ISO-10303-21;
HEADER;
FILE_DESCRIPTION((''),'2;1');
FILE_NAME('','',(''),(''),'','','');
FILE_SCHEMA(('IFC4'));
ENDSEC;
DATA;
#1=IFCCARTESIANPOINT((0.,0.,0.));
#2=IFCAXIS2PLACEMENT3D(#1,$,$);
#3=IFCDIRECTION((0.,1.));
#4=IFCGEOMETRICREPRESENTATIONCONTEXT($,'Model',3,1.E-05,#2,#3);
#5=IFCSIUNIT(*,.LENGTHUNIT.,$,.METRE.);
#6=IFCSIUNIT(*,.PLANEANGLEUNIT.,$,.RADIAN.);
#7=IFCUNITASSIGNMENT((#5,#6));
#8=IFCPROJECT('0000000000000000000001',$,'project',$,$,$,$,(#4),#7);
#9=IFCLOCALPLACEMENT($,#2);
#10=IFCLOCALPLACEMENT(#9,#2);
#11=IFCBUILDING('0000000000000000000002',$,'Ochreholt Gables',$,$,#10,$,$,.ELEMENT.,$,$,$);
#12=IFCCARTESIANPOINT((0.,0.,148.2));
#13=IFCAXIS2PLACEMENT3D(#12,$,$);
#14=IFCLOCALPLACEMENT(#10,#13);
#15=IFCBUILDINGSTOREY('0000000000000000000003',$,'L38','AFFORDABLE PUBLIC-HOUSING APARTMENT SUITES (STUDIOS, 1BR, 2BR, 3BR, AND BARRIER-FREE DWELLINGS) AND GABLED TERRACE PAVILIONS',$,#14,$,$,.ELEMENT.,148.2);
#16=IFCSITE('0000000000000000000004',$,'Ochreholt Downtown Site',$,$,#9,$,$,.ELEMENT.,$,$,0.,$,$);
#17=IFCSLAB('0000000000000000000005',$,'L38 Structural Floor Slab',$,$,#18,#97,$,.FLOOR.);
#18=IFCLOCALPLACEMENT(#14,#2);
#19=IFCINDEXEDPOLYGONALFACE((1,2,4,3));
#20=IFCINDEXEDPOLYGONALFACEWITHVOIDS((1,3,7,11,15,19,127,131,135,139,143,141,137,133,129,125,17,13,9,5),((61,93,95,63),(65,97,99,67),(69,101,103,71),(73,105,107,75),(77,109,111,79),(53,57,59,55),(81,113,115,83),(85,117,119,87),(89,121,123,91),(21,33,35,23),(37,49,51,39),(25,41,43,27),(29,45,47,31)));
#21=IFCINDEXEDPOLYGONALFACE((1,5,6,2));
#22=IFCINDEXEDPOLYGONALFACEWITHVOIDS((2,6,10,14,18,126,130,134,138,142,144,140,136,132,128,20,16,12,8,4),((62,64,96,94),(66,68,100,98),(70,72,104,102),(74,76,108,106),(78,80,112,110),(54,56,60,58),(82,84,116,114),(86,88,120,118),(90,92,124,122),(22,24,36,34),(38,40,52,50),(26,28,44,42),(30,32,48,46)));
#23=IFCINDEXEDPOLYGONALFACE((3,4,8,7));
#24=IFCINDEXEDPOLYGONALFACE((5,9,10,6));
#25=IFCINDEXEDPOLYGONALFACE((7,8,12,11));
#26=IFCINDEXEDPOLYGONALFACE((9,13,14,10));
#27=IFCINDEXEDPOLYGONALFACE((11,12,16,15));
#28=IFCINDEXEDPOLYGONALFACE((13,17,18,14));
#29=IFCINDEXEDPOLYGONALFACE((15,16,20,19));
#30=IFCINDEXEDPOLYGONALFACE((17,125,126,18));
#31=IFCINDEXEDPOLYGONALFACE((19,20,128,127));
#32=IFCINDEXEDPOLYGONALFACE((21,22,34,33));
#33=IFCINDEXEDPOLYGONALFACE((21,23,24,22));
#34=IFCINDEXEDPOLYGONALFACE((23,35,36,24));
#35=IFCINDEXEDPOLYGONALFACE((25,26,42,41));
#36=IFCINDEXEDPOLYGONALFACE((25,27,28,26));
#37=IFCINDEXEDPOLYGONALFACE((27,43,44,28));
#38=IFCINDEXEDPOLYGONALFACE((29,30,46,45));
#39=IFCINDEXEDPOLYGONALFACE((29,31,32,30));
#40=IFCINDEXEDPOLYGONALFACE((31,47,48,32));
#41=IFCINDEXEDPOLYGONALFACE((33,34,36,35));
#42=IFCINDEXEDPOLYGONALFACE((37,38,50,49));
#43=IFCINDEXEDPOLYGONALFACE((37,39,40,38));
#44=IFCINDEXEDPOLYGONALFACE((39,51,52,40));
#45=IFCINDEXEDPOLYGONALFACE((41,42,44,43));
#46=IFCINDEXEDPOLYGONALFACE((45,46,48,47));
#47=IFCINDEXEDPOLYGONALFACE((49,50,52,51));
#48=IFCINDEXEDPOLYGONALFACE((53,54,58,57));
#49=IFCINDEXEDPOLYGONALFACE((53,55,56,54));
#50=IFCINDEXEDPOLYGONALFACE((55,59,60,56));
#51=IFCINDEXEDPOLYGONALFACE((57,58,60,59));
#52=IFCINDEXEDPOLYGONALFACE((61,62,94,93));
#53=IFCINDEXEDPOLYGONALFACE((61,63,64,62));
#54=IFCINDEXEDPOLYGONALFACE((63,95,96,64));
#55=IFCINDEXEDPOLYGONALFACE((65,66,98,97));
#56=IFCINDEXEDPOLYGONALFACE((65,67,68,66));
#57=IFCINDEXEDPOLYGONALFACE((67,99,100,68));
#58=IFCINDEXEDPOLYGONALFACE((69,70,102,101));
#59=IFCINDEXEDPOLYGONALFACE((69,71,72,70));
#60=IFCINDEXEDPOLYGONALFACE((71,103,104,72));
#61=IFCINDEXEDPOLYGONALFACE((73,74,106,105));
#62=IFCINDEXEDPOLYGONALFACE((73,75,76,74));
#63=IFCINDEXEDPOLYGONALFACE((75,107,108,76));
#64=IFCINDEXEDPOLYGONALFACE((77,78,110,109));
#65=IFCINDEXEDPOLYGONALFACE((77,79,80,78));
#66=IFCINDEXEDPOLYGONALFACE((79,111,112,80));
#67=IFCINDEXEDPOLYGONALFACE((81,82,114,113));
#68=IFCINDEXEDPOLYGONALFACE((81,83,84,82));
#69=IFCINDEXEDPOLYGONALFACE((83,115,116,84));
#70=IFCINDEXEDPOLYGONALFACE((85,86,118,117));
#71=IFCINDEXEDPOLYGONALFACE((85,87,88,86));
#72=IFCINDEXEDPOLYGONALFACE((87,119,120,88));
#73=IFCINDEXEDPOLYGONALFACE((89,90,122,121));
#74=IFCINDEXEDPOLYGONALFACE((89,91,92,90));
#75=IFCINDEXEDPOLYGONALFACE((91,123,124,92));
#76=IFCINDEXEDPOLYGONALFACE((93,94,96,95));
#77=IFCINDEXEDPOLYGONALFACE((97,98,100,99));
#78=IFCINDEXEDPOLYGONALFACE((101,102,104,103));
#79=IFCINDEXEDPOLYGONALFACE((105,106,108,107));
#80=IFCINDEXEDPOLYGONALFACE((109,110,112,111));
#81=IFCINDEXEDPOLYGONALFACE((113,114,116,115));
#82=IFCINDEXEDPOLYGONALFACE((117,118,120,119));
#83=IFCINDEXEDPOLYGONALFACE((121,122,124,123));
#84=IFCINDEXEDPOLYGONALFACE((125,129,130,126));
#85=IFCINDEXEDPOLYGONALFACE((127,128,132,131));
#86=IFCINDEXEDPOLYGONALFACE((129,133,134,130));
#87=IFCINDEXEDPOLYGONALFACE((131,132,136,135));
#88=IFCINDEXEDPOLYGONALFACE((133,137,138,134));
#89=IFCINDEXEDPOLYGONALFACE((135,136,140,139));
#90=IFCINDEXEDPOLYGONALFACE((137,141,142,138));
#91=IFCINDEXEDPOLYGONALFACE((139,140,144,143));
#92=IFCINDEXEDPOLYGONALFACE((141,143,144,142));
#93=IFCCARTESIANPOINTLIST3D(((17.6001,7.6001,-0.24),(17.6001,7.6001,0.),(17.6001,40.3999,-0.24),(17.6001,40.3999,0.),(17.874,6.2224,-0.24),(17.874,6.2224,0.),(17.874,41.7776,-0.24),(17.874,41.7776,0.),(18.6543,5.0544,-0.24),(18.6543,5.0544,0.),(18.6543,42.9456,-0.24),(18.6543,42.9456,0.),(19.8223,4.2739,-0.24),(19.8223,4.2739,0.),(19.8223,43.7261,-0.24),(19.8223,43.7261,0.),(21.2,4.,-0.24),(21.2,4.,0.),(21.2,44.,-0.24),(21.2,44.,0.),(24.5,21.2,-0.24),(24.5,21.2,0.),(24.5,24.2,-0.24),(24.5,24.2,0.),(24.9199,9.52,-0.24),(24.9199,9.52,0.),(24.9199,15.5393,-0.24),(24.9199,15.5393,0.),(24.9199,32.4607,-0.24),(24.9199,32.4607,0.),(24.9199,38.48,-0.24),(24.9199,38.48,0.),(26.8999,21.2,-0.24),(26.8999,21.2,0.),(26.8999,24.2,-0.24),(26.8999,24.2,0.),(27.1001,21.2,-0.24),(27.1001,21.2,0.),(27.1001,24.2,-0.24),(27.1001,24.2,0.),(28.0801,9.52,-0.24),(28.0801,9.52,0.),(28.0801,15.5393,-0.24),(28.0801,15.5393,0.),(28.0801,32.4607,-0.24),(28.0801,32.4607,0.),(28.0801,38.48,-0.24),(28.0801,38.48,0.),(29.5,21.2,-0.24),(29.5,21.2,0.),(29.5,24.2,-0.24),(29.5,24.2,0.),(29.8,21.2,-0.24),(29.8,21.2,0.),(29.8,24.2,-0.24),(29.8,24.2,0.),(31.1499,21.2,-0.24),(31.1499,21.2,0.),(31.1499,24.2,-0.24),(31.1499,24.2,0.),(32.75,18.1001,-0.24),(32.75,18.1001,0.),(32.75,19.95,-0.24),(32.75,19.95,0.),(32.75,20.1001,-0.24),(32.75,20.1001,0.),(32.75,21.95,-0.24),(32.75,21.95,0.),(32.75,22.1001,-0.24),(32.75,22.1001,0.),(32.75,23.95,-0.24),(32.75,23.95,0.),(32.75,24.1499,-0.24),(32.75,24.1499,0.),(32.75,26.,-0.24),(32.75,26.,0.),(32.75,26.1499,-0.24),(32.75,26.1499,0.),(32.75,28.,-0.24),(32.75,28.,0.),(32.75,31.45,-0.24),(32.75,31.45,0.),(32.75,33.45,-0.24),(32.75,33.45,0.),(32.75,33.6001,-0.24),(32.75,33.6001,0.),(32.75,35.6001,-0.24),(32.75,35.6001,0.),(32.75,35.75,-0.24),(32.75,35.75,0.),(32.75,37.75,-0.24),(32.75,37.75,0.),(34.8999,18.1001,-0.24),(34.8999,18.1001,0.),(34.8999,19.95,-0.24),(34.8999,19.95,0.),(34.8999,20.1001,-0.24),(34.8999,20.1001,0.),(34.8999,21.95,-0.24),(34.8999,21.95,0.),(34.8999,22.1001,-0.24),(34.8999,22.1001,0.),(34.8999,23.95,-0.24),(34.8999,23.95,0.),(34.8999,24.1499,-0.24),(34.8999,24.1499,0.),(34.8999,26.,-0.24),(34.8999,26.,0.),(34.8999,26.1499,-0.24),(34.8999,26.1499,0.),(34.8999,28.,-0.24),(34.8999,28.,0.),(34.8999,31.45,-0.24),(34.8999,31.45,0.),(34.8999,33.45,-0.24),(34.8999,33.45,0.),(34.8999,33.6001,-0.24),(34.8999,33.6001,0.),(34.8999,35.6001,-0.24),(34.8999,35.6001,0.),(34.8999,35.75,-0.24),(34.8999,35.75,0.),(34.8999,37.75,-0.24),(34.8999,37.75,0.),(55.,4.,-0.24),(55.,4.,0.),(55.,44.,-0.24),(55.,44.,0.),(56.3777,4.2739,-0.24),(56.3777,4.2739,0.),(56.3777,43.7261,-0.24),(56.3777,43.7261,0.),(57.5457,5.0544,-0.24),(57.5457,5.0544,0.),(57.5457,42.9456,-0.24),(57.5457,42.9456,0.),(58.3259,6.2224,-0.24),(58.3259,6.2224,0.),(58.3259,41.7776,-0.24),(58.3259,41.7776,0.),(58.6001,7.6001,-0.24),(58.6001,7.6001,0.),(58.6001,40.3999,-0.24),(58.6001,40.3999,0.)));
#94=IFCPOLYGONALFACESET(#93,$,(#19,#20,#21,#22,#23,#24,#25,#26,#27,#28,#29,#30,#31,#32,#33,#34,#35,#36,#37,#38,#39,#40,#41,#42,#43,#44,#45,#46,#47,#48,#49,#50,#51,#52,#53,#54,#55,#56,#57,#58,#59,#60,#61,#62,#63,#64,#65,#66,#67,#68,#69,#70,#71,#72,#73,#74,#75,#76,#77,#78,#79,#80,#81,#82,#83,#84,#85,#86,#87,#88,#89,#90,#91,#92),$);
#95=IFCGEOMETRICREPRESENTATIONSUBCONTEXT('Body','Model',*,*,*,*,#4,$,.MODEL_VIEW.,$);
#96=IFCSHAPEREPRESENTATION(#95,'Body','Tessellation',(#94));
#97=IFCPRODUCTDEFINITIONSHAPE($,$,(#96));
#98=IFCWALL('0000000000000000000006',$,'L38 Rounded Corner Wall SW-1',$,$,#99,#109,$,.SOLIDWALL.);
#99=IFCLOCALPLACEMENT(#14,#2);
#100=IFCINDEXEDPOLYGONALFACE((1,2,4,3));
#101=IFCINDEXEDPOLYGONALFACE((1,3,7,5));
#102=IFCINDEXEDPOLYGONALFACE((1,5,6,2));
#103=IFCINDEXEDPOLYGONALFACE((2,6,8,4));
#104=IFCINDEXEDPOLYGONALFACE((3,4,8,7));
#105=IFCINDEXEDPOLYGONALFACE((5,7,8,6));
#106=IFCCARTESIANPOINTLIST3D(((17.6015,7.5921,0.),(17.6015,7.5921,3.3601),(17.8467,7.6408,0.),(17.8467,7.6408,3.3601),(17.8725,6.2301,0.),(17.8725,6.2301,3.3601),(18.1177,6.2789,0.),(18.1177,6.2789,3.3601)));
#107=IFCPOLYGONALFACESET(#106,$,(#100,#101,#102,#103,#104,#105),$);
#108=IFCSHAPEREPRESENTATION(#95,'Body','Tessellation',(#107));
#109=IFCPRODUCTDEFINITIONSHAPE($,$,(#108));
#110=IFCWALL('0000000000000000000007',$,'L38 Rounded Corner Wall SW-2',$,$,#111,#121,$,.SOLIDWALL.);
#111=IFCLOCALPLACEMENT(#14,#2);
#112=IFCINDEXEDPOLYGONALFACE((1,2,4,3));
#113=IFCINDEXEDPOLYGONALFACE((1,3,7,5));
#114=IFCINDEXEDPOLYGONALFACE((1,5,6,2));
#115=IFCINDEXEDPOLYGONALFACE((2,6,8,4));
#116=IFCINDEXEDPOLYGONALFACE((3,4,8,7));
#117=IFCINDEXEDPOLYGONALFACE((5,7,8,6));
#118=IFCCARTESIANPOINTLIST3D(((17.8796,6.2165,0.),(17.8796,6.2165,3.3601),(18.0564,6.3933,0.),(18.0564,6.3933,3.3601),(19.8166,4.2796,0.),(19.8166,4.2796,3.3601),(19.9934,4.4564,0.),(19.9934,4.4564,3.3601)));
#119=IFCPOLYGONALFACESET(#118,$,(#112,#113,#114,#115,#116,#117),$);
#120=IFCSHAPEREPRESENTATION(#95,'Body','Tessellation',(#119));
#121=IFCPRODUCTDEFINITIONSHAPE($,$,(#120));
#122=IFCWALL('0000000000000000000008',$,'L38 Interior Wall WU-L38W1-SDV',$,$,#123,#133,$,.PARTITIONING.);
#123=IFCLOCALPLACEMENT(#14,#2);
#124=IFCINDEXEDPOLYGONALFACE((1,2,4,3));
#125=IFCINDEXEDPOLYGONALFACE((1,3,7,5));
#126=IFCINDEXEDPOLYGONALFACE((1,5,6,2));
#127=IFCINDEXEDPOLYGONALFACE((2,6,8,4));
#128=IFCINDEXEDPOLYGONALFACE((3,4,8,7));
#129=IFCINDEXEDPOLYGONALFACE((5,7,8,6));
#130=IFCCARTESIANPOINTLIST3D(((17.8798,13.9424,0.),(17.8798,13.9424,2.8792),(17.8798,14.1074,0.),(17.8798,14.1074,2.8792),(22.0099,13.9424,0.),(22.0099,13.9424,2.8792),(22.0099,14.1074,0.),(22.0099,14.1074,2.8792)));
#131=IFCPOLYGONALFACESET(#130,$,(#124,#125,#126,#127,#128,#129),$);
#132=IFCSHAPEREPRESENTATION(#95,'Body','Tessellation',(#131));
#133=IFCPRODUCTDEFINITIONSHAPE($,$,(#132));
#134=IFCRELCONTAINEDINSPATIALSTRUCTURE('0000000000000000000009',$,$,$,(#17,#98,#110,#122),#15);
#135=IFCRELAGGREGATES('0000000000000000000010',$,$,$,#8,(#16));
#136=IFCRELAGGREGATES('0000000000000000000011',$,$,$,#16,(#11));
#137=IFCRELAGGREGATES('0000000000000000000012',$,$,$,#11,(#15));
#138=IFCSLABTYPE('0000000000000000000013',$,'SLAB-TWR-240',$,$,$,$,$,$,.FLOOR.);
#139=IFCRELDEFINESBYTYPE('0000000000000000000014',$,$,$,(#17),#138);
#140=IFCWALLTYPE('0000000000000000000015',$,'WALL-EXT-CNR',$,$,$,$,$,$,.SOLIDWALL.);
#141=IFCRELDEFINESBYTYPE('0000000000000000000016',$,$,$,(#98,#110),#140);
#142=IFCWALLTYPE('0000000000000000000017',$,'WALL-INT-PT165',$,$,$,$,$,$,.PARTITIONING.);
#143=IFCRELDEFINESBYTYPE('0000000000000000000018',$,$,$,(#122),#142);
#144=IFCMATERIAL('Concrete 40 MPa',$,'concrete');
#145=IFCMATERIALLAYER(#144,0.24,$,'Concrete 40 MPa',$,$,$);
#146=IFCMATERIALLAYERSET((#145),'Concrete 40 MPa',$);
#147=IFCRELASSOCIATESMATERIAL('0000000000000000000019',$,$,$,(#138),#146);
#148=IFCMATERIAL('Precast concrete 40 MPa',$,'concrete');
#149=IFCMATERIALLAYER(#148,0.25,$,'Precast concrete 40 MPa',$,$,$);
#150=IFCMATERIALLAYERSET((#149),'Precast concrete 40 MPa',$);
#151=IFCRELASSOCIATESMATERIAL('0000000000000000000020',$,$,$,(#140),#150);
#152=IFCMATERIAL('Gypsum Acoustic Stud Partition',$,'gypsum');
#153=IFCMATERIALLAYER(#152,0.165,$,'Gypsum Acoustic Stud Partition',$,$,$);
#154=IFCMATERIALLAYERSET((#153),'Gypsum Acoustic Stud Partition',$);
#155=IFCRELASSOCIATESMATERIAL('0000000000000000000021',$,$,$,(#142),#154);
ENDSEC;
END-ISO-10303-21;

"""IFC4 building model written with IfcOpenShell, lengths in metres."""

from ifc_helpers import new_model, si_unit, direction, frame, frame_2d, origin, place, context, subcontext, project, spatial, polyline, rectangle, outline, extrude, material, layer, layer_set, type_object, element, save


model = new_model("IFC4")

# Units and contexts
model_context = context("Model", 3, precision=1e-05, world=origin(), true_north=direction((0.0, 1.0)))
body_context = subcontext(model_context, "Body", "Model", "MODEL_VIEW")
ifc_project = project(units=[si_unit("LENGTHUNIT", "METRE"), si_unit("PLANEANGLEUNIT", "RADIAN")], contexts=[model_context])

# Site, building, storey
site_placement = place(None, origin())
site = spatial("IfcSite", under=ifc_project, at=site_placement, Name="Ochreholt Downtown Site", CompositionType="ELEMENT", RefElevation=0.0)
building_placement = place(site_placement, origin())
building = spatial("IfcBuilding", under=site, at=building_placement, Name="Ochreholt Gables", CompositionType="ELEMENT")
storey_placement = place(building_placement, frame((0.0, 0.0, 148.2)))
storey = spatial("IfcBuildingStorey", under=building, at=storey_placement, Name="L38", Description="AFFORDABLE PUBLIC-HOUSING APARTMENT SUITES (STUDIOS, 1BR, 2BR, 3BR, AND BARRIER-FREE DWELLINGS) AND GABLED TERRACE PAVILIONS", CompositionType="ELEMENT", Elevation=148.2)

# Shared definitions
ifc_material_1 = material(Name="Concrete 40 MPa", Category="concrete")

# Slab
ifc_layer_1 = layer(ifc_material_1, 0.24, Name="Concrete 40 MPa")
ifc_layer_set_1 = layer_set([ifc_layer_1], Name="Concrete 40 MPa")
slab_type_1 = type_object("IfcSlabType", Name="SLAB-TWR-240", PredefinedType="FLOOR", material=ifc_layer_set_1)
slab_1_placement = place(storey_placement, frame((0.0, 0.0, -0.24)))
element("IfcSlab", 1, at=slab_1_placement, inside=storey, type_object=slab_type_1, Name="L38 Structural Floor Slab", PredefinedType="FLOOR", context=body_context, shape_type="SweptSolid", body=[
    extrude(outline(polyline([(17.6001, 7.6001), (17.874, 6.2224), (18.6543, 5.0544), (19.8223, 4.2739), (21.2, 4.0), (55.0, 4.0), (56.3777, 4.2739), (57.5457, 5.0544), (58.3259, 6.2224), (58.6001, 7.6001), (58.6001, 40.3999), (58.3259, 41.7776), (57.5457, 42.9456), (56.3777, 43.7261), (55.0, 44.0), (21.2, 44.0), (19.8223, 43.7261), (18.6543, 42.9456), (17.874, 41.7776), (17.6001, 40.3999), (17.6001, 7.6001)]), holes=[polyline([(24.9199, 15.5393), (24.9199, 9.52), (28.0801, 9.52), (28.0801, 15.5393), (24.9199, 15.5393)]), polyline([(28.0801, 32.4607), (28.0801, 38.48), (24.9199, 38.48), (24.9199, 32.4607), (28.0801, 32.4607)]), polyline([(24.5, 21.2), (26.8999, 21.2), (26.8999, 24.2), (24.5, 24.2), (24.5, 21.2)]), polyline([(27.1001, 21.2), (29.5, 21.2), (29.5, 24.2), (27.1001, 24.2), (27.1001, 21.2)]), polyline([(32.75, 18.1001), (34.8999, 18.1001), (34.8999, 19.95), (32.75, 19.95), (32.75, 18.1001)]), polyline([(32.75, 20.1001), (34.8999, 20.1001), (34.8999, 21.95), (32.75, 21.95), (32.75, 20.1001)]), polyline([(32.75, 22.1001), (34.8999, 22.1001), (34.8999, 23.95), (32.75, 23.95), (32.75, 22.1001)]), polyline([(32.75, 24.1499), (34.8999, 24.1499), (34.8999, 26.0), (32.75, 26.0), (32.75, 24.1499)]), polyline([(32.75, 26.1499), (34.8999, 26.1499), (34.8999, 28.0), (32.75, 28.0), (32.75, 26.1499)]), polyline([(32.75, 31.45), (34.8999, 31.45), (34.8999, 33.45), (32.75, 33.45), (32.75, 31.45)]), polyline([(32.75, 33.6001), (34.8999, 33.6001), (34.8999, 35.6001), (32.75, 35.6001), (32.75, 33.6001)]), polyline([(32.75, 35.75), (34.8999, 35.75), (34.8999, 37.75), (32.75, 37.75), (32.75, 35.75)]), polyline([(29.8, 21.2), (31.1499, 21.2), (31.1499, 24.2), (29.8, 24.2), (29.8, 21.2)])]), origin(), (0.0, 0.0, 1.0), 0.24),
])

# Walls
ifc_material_2 = material(Name="Precast concrete 40 MPa", Category="concrete")
ifc_layer_2 = layer(ifc_material_2, 0.25, Name="Precast concrete 40 MPa")
ifc_layer_set_2 = layer_set([ifc_layer_2], Name="Precast concrete 40 MPa")
wall_type_1 = type_object("IfcWallType", Name="WALL-EXT-CNR", PredefinedType="SOLIDWALL", material=ifc_layer_set_2)
wall_1_placement = place(storey_placement, frame((17.7241, 7.6165, 0.0), z_axis=(0.0, 0.0, 1.0), x_axis=(0.195136, -0.980776, 0.0)))
element("IfcWall", 2, at=wall_1_placement, inside=storey, type_object=wall_type_1, Name="L38 Rounded Corner Wall SW-1", PredefinedType="SOLIDWALL", context=body_context, shape_type="SweptSolid", body=[
    extrude(rectangle(XDim=1.3887, YDim=0.25, at=frame_2d((0.6943, 0.0))), origin(), (0.0, 0.0, 1.0), 3.3601),
])
wall_2_placement = place(storey_placement, frame((17.968, 6.3049, 0.0), z_axis=(0.0, 0.0, 1.0), x_axis=(0.707107, -0.707107, 0.0)))
element("IfcWall", 3, at=wall_2_placement, inside=storey, type_object=wall_type_1, Name="L38 Rounded Corner Wall SW-2", PredefinedType="SOLIDWALL", context=body_context, shape_type="SweptSolid", body=[
    extrude(rectangle(XDim=2.7393, YDim=0.25, at=frame_2d((1.3696, 0.0))), origin(), (0.0, 0.0, 1.0), 3.3601),
])
ifc_material_3 = material(Name="Gypsum Acoustic Stud Partition", Category="gypsum")
ifc_layer_3 = layer(ifc_material_3, 0.165, Name="Gypsum Acoustic Stud Partition")
ifc_layer_set_3 = layer_set([ifc_layer_3], Name="Gypsum Acoustic Stud Partition")
wall_type_2 = type_object("IfcWallType", Name="WALL-INT-PT165", PredefinedType="PARTITIONING", material=ifc_layer_set_3)
wall_3_placement = place(storey_placement, frame((17.8799, 14.0249, 0.0), z_axis=(0.0, 0.0, 1.0), x_axis=(1.0, 0.0, 0.0)))
element("IfcWall", 4, at=wall_3_placement, inside=storey, type_object=wall_type_2, Name="L38 Interior Wall WU-L38W1-SDV", PredefinedType="PARTITIONING", context=body_context, shape_type="SweptSolid", body=[
    extrude(rectangle(XDim=4.1301, YDim=0.165, at=frame_2d((2.0649, 0.0))), origin(), (0.0, 0.0, 1.0), 2.8792),
])

save(model, "model.ifc")
